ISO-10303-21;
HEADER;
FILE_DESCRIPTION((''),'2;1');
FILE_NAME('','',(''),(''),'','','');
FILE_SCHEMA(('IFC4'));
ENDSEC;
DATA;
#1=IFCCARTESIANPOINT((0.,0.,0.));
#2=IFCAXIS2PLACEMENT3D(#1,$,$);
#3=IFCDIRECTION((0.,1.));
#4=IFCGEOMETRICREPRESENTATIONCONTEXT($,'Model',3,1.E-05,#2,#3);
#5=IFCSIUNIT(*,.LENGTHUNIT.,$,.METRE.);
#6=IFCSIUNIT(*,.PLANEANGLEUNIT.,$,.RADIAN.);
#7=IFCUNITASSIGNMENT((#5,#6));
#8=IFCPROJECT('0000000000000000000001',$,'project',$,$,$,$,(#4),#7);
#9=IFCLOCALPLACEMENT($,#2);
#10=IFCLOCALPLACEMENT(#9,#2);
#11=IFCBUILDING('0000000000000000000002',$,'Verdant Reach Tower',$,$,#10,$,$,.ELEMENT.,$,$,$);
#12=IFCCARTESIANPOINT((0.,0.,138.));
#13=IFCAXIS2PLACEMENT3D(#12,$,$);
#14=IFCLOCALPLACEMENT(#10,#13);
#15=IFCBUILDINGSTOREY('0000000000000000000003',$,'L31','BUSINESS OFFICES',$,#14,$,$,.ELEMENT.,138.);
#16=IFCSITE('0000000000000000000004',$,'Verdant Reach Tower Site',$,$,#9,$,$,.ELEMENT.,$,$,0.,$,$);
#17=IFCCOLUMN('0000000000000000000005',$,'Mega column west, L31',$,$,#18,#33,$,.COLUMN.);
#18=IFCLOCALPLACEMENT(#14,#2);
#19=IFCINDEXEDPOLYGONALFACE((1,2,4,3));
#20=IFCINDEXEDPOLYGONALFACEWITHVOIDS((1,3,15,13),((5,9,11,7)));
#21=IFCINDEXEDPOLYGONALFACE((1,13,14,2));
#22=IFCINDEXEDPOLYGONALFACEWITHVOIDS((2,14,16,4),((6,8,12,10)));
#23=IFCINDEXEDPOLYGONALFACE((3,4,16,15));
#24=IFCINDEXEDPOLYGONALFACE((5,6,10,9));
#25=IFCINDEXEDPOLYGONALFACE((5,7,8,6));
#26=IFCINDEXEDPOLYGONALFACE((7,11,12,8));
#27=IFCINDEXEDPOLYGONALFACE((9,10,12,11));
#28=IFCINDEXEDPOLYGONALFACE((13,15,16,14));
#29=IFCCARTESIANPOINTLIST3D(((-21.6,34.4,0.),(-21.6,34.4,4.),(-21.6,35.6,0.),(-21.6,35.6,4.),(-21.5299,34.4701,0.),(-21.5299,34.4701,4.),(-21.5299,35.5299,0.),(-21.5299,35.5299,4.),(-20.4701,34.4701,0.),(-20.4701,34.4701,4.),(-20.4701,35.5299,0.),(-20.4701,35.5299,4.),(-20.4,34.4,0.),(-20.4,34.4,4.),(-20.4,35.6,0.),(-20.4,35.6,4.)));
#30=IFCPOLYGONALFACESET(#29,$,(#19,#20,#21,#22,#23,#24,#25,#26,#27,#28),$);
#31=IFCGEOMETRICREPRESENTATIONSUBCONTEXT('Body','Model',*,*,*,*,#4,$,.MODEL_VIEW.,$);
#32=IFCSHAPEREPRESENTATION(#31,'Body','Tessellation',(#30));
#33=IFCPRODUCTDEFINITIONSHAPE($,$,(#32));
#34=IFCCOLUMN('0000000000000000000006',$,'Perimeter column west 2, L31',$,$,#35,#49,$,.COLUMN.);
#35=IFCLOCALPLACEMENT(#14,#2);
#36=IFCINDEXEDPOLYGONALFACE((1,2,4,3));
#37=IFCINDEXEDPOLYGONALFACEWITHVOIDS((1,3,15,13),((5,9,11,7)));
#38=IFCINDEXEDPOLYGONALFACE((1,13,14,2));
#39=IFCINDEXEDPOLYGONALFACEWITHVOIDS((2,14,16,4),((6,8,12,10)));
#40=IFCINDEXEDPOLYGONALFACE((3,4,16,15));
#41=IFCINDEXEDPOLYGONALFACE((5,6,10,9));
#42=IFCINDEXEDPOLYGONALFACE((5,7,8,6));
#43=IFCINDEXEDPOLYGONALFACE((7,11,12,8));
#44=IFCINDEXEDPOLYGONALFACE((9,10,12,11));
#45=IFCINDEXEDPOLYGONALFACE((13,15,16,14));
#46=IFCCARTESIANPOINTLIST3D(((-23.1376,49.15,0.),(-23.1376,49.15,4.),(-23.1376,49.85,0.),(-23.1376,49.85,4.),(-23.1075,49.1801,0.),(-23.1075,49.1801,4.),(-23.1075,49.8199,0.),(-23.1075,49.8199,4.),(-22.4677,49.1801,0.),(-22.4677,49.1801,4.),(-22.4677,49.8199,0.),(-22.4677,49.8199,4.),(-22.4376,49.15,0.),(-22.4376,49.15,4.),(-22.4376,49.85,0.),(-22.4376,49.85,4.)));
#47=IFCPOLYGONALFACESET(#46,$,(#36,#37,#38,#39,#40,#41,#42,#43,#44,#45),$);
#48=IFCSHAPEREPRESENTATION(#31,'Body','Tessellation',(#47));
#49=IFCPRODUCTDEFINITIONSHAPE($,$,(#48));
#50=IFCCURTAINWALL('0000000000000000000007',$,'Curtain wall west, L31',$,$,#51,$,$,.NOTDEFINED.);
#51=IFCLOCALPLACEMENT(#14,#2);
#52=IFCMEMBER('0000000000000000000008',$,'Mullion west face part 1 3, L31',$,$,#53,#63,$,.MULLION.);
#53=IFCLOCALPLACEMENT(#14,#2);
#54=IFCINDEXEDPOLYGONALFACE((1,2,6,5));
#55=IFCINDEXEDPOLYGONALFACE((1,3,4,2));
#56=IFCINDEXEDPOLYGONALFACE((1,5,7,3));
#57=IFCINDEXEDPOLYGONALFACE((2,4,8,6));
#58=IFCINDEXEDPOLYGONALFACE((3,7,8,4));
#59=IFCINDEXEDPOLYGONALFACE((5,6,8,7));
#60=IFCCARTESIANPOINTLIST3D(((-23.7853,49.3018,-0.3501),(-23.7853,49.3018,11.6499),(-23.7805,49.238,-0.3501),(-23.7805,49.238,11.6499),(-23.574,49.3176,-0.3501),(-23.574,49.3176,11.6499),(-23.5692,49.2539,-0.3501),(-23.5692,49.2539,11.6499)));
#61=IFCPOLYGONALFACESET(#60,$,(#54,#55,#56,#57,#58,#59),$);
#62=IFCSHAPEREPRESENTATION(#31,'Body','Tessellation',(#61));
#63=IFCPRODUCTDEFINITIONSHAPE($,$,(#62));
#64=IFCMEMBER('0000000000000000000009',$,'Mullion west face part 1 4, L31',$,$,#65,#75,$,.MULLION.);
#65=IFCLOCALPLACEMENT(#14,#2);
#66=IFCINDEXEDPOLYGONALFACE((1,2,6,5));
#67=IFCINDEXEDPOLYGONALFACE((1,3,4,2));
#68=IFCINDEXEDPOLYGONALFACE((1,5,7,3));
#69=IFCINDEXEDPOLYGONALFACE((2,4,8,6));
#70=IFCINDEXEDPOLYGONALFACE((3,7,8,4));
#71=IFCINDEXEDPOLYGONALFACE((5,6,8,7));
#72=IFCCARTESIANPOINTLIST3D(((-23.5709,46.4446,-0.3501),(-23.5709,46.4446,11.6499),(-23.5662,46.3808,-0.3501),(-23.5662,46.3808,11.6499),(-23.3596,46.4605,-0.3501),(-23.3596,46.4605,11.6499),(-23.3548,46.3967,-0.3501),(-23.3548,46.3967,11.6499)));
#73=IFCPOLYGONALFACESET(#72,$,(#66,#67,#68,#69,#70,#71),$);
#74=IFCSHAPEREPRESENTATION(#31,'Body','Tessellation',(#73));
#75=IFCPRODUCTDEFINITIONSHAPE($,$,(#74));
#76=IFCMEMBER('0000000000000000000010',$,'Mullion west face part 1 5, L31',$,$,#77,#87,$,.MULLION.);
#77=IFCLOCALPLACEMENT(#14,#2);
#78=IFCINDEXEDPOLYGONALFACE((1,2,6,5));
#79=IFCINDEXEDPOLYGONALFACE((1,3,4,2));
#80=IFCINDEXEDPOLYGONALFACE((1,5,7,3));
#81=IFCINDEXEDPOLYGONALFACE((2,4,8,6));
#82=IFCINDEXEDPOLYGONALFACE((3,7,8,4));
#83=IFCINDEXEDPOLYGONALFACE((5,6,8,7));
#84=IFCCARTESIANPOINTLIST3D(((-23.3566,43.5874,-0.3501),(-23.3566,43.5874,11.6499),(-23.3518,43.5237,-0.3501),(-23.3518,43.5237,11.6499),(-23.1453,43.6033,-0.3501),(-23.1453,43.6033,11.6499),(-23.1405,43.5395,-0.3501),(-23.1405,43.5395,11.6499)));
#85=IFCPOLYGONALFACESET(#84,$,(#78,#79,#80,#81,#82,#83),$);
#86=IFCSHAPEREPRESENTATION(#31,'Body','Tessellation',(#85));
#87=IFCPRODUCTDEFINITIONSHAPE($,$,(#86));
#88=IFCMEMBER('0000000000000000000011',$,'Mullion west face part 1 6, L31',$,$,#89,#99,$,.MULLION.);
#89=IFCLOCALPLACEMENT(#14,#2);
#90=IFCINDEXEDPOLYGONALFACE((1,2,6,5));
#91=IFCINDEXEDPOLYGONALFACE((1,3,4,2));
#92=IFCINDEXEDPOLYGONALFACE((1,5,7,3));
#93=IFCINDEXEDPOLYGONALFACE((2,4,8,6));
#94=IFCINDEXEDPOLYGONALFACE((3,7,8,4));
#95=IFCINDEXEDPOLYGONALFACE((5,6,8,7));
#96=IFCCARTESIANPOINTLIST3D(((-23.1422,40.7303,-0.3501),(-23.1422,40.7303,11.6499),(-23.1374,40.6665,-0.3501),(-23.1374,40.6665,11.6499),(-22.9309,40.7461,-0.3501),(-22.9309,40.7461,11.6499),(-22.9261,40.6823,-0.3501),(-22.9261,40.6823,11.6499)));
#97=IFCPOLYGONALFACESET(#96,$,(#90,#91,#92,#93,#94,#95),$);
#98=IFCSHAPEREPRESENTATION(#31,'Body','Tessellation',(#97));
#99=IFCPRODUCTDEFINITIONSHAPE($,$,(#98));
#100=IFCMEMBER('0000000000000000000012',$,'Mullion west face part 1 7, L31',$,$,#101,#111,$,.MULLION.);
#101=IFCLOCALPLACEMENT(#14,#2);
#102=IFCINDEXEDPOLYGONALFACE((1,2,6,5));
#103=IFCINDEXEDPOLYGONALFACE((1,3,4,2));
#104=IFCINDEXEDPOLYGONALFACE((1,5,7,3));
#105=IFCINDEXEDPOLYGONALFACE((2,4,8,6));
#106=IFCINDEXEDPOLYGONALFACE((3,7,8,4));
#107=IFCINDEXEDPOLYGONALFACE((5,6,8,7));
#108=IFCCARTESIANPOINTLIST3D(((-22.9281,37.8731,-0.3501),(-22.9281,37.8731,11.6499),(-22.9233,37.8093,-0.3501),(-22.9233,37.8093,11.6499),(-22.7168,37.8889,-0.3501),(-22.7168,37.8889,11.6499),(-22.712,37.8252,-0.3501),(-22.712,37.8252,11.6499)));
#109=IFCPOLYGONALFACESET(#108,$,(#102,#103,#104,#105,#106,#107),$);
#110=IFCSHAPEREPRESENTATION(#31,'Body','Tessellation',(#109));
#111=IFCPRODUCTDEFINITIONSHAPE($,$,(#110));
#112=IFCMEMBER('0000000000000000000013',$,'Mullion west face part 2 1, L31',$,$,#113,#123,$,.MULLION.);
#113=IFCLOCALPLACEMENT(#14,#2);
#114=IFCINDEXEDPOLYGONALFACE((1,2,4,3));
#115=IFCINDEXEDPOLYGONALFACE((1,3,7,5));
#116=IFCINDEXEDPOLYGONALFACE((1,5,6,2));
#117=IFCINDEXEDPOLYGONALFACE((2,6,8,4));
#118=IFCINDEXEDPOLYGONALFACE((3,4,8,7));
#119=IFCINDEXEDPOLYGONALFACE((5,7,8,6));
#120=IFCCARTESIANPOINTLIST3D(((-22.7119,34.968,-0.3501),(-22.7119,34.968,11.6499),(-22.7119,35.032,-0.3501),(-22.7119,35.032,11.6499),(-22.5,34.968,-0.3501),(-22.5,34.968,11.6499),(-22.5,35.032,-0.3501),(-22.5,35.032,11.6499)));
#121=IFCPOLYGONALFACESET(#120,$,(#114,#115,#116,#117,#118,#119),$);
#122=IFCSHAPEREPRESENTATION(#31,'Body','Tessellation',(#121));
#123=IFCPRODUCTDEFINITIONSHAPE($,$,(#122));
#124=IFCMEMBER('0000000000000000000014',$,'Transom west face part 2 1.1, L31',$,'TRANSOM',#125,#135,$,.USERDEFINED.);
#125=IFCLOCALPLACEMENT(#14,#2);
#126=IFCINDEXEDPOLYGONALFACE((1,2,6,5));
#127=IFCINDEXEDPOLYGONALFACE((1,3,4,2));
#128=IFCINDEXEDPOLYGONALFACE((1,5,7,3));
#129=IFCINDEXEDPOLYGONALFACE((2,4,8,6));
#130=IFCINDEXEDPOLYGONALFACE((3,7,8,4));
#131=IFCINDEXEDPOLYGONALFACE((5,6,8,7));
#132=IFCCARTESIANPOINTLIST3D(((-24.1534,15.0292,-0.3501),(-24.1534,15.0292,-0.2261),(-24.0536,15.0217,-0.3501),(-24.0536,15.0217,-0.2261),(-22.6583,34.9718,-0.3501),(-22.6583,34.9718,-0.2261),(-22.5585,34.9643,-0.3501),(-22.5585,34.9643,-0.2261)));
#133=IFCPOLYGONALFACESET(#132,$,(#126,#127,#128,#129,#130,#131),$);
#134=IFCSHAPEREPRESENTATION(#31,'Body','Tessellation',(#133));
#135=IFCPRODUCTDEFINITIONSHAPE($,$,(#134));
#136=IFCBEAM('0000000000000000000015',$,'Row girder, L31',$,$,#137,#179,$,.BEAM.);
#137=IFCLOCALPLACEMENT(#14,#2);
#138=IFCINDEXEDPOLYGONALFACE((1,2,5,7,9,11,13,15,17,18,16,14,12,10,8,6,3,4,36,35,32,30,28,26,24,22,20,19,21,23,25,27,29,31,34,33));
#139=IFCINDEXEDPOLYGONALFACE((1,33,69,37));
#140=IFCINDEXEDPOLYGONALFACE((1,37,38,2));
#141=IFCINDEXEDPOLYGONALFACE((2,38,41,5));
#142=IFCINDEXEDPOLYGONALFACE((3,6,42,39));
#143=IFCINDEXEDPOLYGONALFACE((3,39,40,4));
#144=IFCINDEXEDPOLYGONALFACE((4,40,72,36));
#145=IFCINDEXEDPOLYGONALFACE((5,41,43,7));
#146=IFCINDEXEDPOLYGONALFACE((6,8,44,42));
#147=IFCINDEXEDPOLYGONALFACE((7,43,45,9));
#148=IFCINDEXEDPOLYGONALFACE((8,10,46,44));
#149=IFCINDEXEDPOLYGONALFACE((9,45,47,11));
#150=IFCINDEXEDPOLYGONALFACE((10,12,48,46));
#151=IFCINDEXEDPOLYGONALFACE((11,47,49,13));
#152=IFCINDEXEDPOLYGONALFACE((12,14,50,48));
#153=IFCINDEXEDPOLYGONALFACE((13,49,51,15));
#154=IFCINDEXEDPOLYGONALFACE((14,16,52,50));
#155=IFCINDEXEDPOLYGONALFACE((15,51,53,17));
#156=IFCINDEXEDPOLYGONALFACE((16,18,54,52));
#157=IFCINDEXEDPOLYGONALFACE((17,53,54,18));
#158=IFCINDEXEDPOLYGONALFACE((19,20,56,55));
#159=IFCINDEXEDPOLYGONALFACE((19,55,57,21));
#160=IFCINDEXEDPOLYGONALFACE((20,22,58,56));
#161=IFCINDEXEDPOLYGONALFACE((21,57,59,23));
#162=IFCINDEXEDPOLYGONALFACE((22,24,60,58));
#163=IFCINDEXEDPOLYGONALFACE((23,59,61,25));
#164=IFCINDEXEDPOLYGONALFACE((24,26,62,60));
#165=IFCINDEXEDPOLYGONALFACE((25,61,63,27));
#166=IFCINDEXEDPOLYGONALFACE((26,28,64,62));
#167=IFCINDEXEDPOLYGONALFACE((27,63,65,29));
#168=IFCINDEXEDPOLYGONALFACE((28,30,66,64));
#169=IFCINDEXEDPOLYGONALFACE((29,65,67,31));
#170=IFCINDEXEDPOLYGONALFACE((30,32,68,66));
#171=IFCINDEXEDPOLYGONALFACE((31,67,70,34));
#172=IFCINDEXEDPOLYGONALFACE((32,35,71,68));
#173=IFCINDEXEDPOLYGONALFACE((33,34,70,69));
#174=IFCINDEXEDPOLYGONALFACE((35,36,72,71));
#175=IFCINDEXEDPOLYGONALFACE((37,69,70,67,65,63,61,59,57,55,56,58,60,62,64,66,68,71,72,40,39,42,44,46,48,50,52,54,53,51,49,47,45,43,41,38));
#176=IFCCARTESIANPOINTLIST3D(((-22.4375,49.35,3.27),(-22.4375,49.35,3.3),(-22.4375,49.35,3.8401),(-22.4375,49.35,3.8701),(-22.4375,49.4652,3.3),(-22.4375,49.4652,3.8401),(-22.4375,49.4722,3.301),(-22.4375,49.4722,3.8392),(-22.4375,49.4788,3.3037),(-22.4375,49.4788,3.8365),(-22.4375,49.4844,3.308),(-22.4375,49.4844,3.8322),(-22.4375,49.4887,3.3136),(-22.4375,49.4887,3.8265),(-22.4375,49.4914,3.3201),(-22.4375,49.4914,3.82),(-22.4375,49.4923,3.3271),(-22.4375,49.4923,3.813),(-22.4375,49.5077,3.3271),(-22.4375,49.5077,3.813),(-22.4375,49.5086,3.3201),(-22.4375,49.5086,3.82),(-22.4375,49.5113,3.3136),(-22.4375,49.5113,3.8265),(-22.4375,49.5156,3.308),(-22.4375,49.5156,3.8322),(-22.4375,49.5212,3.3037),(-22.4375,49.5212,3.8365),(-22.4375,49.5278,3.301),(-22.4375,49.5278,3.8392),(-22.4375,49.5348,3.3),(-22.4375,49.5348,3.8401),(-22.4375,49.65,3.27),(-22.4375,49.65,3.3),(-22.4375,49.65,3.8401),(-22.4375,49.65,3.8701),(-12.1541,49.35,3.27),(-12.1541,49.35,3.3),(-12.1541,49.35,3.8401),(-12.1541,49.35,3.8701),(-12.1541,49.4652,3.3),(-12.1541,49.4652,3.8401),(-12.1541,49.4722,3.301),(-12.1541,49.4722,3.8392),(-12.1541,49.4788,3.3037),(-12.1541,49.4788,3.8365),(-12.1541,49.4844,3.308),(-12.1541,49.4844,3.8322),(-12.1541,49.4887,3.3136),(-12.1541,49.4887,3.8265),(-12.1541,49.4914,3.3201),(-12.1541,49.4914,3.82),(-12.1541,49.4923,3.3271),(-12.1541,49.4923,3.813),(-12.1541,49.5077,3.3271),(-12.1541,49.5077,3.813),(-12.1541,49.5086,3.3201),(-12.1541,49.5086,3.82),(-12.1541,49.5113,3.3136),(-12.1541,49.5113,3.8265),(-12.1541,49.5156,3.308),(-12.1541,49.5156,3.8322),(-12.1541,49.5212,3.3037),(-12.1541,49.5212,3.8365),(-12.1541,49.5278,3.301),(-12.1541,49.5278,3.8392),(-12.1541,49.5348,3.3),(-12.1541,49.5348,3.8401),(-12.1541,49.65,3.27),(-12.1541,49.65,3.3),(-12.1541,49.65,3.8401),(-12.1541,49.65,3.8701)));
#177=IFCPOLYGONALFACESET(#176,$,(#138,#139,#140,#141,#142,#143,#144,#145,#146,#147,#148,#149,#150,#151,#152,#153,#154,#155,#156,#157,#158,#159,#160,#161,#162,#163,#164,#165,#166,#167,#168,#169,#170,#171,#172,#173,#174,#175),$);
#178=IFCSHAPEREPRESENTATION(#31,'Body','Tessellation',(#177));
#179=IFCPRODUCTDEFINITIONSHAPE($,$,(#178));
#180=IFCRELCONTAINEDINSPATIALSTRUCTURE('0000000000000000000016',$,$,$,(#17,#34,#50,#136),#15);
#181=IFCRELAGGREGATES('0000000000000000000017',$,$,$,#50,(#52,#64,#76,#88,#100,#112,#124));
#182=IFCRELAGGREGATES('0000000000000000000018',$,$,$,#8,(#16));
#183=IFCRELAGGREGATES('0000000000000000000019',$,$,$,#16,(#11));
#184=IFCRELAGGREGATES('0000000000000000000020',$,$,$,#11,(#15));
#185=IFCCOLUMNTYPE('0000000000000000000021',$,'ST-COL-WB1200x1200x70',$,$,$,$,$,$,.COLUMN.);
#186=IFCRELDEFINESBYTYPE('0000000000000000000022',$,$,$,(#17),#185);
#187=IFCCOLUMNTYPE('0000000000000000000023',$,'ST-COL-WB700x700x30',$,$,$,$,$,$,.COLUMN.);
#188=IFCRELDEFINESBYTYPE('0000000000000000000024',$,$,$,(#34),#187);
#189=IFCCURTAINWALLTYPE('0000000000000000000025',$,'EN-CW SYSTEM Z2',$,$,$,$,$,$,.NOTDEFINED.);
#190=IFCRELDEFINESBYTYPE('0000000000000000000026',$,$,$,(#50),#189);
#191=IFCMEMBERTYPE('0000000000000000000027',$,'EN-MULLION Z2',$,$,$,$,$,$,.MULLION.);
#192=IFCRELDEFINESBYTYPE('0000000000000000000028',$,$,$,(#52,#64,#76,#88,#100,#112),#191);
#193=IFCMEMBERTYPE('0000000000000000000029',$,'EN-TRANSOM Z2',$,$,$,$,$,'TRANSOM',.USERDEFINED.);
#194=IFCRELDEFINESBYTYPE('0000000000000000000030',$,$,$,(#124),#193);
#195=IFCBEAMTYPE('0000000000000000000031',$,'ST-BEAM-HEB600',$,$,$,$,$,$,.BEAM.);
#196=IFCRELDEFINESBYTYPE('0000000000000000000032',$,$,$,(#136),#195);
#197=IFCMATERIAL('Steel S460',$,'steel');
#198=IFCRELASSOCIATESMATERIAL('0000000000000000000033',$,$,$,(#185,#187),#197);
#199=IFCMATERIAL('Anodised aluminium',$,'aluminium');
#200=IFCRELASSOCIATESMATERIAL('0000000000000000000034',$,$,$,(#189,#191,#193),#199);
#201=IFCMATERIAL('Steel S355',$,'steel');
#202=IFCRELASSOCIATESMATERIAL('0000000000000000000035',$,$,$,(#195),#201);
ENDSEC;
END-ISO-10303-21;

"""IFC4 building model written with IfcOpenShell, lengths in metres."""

from ifc_helpers import new_model, si_unit, direction, frame, origin, origin_2d, place, context, subcontext, project, spatial, rectangle, hollow_rectangle, i_section, extrude, material, material_profile, profile_set, type_object, element, aggregate, save


model = new_model("IFC4")

# Units and contexts
model_context = context("Model", 3, precision=1e-05, world=origin(), true_north=direction((0.0, 1.0)))
body_context = subcontext(model_context, "Body", "Model", "MODEL_VIEW")
ifc_project = project(units=[si_unit("LENGTHUNIT", "METRE"), si_unit("PLANEANGLEUNIT", "RADIAN")], contexts=[model_context])

# Site, building, storey
site_placement = place(None, origin())
site = spatial("IfcSite", under=ifc_project, at=site_placement, Name="Verdant Reach Tower Site", CompositionType="ELEMENT", RefElevation=0.0)
building_placement = place(site_placement, origin())
building = spatial("IfcBuilding", under=site, at=building_placement, Name="Verdant Reach Tower", CompositionType="ELEMENT")
storey_placement = place(building_placement, frame((0.0, 0.0, 138.0)))
storey = spatial("IfcBuildingStorey", under=building, at=storey_placement, Name="L31", Description="BUSINESS OFFICES", CompositionType="ELEMENT", Elevation=138.0)

# Columns
ifc_material_1 = material(Name="Steel S460", Category="steel")
ifc_material_profile_1 = material_profile(ifc_material_1, hollow_rectangle(XDim=1.2, YDim=1.2, WallThickness=0.0701, at=origin_2d()), Name="WB 1200x1200x70")
ifc_profile_set_1 = profile_set([ifc_material_profile_1], Name="Steel S460")
column_type_1 = type_object("IfcColumnType", Name="ST-COL-WB1200x1200x70", PredefinedType="COLUMN", material=ifc_profile_set_1)
column_1_placement = place(storey_placement, frame((-21.0, 35.0, 0.0), z_axis=(0.0, 0.0, 1.0), x_axis=(1.0, 0.0, 0.0)))
element("IfcColumn", 1, at=column_1_placement, inside=storey, type_object=column_type_1, Name="Mega column west, L31", PredefinedType="COLUMN", context=body_context, shape_type="SweptSolid", body=[
    extrude(hollow_rectangle(XDim=1.2, YDim=1.2, WallThickness=0.0701, at=origin_2d()), origin(), (0.0, 0.0, 1.0), 4.0),
])
ifc_material_profile_2 = material_profile(ifc_material_1, hollow_rectangle(XDim=0.7, YDim=0.7, WallThickness=0.03, at=origin_2d()), Name="WB 700x700x30")
ifc_profile_set_2 = profile_set([ifc_material_profile_2], Name="Steel S460")
column_type_2 = type_object("IfcColumnType", Name="ST-COL-WB700x700x30", PredefinedType="COLUMN", material=ifc_profile_set_2)
column_2_placement = place(storey_placement, frame((-22.7876, 49.5, 0.0), z_axis=(0.0, 0.0, 1.0), x_axis=(1.0, 0.0, 0.0)))
element("IfcColumn", 2, at=column_2_placement, inside=storey, type_object=column_type_2, Name="Perimeter column west 2, L31", PredefinedType="COLUMN", context=body_context, shape_type="SweptSolid", body=[
    extrude(hollow_rectangle(XDim=0.7, YDim=0.7, WallThickness=0.03, at=origin_2d()), origin(), (0.0, 0.0, 1.0), 4.0),
])

# Curtain wall, members
ifc_material_2 = material(Name="Anodised aluminium", Category="aluminium")
curtain_wall_type = type_object("IfcCurtainWallType", Name="EN-CW SYSTEM Z2", PredefinedType="NOTDEFINED", material=ifc_material_2)
curtain_wall_placement = place(storey_placement, origin())
curtain_wall = element("IfcCurtainWall", 3, at=curtain_wall_placement, inside=storey, type_object=curtain_wall_type, Name="Curtain wall west, L31", PredefinedType="NOTDEFINED")
ifc_material_profile_3 = material_profile(ifc_material_2, rectangle(XDim=0.2119, YDim=0.064, at=origin_2d()), Name="Mullion 64x212")
ifc_profile_set_3 = profile_set([ifc_material_profile_3], Name="Anodised aluminium")
member_type_1 = type_object("IfcMemberType", Name="EN-MULLION Z2", PredefinedType="MULLION", material=ifc_profile_set_3)
member_1_placement = place(storey_placement, frame((-23.6772, 49.2778, -0.3501), z_axis=(0.0, 0.0, 1.0), x_axis=(-0.997199, -0.07479, 0.0)))
member_1 = element("IfcMember", 4, at=member_1_placement, type_object=member_type_1, Name="Mullion west face part 1 3, L31", PredefinedType="MULLION", context=body_context, shape_type="SweptSolid", body=[
    extrude(rectangle(XDim=0.2119, YDim=0.064, at=origin_2d()), origin(), (0.0, 0.0, 1.0), 12.0),
])
member_2_placement = place(storey_placement, frame((-23.4629, 46.4207, -0.3501), z_axis=(0.0, 0.0, 1.0), x_axis=(-0.997199, -0.07479, 0.0)))
member_2 = element("IfcMember", 5, at=member_2_placement, type_object=member_type_1, Name="Mullion west face part 1 4, L31", PredefinedType="MULLION", context=body_context, shape_type="SweptSolid", body=[
    extrude(rectangle(XDim=0.2119, YDim=0.064, at=origin_2d()), origin(), (0.0, 0.0, 1.0), 12.0),
])
member_3_placement = place(storey_placement, frame((-23.2485, 43.5635, -0.3501), z_axis=(0.0, 0.0, 1.0), x_axis=(-0.997199, -0.07479, 0.0)))
member_3 = element("IfcMember", 6, at=member_3_placement, type_object=member_type_1, Name="Mullion west face part 1 5, L31", PredefinedType="MULLION", context=body_context, shape_type="SweptSolid", body=[
    extrude(rectangle(XDim=0.2119, YDim=0.064, at=origin_2d()), origin(), (0.0, 0.0, 1.0), 12.0),
])
member_4_placement = place(storey_placement, frame((-23.0342, 40.7063, -0.3501), z_axis=(0.0, 0.0, 1.0), x_axis=(-0.997199, -0.07479, 0.0)))
member_4 = element("IfcMember", 7, at=member_4_placement, type_object=member_type_1, Name="Mullion west face part 1 6, L31", PredefinedType="MULLION", context=body_context, shape_type="SweptSolid", body=[
    extrude(rectangle(XDim=0.2119, YDim=0.064, at=origin_2d()), origin(), (0.0, 0.0, 1.0), 12.0),
])
member_5_placement = place(storey_placement, frame((-22.8201, 37.8491, -0.3501), z_axis=(0.0, 0.0, 1.0), x_axis=(-0.997199, -0.07479, 0.0)))
member_5 = element("IfcMember", 8, at=member_5_placement, type_object=member_type_1, Name="Mullion west face part 1 7, L31", PredefinedType="MULLION", context=body_context, shape_type="SweptSolid", body=[
    extrude(rectangle(XDim=0.2119, YDim=0.064, at=origin_2d()), origin(), (0.0, 0.0, 1.0), 12.0),
])
member_6_placement = place(storey_placement, frame((-22.606, 35.0, -0.3501), z_axis=(0.0, 0.0, 1.0), x_axis=(-1.0, 0.0, 0.0)))
member_6 = element("IfcMember", 9, at=member_6_placement, type_object=member_type_1, Name="Mullion west face part 2 1, L31", PredefinedType="MULLION", context=body_context, shape_type="SweptSolid", body=[
    extrude(rectangle(XDim=0.2119, YDim=0.064, at=origin_2d()), origin(), (0.0, 0.0, 1.0), 12.0),
])
ifc_material_profile_4 = material_profile(ifc_material_2, rectangle(XDim=0.1001, YDim=0.124, at=origin_2d()), Name="Transom 124x100")
ifc_profile_set_4 = profile_set([ifc_material_profile_4], Name="Anodised aluminium")
member_type_2 = type_object("IfcMemberType", Name="EN-TRANSOM Z2", ElementType="TRANSOM", PredefinedType="USERDEFINED", material=ifc_profile_set_4)
member_7_placement = place(storey_placement, frame((-22.6084, 34.968, -0.2881), z_axis=(-0.074761, -0.997201, 0.0), x_axis=(0.997201, -0.074761, 0.0)))
member_7 = element("IfcMember", 10, at=member_7_placement, type_object=member_type_2, Name="Transom west face part 2 1.1, L31", ObjectType="TRANSOM", PredefinedType="USERDEFINED", context=body_context, shape_type="SweptSolid", body=[
    extrude(rectangle(XDim=0.1001, YDim=0.124, at=origin_2d()), origin(), (0.0, 0.0, 1.0), 19.9985),
])

# Beam
ifc_material_3 = material(Name="Steel S355", Category="steel")
ifc_material_profile_5 = material_profile(ifc_material_3, i_section(OverallWidth=0.3, OverallDepth=0.6001, WebThickness=0.0154, FlangeThickness=0.03, FilletRadius=0.0271, at=origin_2d()), Name="HEB 600")
ifc_profile_set_5 = profile_set([ifc_material_profile_5], Name="Steel S355")
beam_type_1 = type_object("IfcBeamType", Name="ST-BEAM-HEB600", PredefinedType="BEAM", material=ifc_profile_set_5)
beam_1_placement = place(storey_placement, frame((-22.4375, 49.5, 3.5701), z_axis=(1.0, 0.0, 0.0), x_axis=(0.0, 1.0, 0.0)))
element("IfcBeam", 11, at=beam_1_placement, inside=storey, type_object=beam_type_1, Name="Row girder, L31", PredefinedType="BEAM", context=body_context, shape_type="SweptSolid", body=[
    extrude(i_section(OverallWidth=0.3, OverallDepth=0.6001, WebThickness=0.0154, FlangeThickness=0.03, FilletRadius=0.0271, at=origin_2d()), origin(), (0.0, 0.0, 1.0), 10.2834),
])

aggregate(curtain_wall, [member_1, member_2, member_3, member_4, member_5, member_6, member_7])

save(model, "model.ifc")
